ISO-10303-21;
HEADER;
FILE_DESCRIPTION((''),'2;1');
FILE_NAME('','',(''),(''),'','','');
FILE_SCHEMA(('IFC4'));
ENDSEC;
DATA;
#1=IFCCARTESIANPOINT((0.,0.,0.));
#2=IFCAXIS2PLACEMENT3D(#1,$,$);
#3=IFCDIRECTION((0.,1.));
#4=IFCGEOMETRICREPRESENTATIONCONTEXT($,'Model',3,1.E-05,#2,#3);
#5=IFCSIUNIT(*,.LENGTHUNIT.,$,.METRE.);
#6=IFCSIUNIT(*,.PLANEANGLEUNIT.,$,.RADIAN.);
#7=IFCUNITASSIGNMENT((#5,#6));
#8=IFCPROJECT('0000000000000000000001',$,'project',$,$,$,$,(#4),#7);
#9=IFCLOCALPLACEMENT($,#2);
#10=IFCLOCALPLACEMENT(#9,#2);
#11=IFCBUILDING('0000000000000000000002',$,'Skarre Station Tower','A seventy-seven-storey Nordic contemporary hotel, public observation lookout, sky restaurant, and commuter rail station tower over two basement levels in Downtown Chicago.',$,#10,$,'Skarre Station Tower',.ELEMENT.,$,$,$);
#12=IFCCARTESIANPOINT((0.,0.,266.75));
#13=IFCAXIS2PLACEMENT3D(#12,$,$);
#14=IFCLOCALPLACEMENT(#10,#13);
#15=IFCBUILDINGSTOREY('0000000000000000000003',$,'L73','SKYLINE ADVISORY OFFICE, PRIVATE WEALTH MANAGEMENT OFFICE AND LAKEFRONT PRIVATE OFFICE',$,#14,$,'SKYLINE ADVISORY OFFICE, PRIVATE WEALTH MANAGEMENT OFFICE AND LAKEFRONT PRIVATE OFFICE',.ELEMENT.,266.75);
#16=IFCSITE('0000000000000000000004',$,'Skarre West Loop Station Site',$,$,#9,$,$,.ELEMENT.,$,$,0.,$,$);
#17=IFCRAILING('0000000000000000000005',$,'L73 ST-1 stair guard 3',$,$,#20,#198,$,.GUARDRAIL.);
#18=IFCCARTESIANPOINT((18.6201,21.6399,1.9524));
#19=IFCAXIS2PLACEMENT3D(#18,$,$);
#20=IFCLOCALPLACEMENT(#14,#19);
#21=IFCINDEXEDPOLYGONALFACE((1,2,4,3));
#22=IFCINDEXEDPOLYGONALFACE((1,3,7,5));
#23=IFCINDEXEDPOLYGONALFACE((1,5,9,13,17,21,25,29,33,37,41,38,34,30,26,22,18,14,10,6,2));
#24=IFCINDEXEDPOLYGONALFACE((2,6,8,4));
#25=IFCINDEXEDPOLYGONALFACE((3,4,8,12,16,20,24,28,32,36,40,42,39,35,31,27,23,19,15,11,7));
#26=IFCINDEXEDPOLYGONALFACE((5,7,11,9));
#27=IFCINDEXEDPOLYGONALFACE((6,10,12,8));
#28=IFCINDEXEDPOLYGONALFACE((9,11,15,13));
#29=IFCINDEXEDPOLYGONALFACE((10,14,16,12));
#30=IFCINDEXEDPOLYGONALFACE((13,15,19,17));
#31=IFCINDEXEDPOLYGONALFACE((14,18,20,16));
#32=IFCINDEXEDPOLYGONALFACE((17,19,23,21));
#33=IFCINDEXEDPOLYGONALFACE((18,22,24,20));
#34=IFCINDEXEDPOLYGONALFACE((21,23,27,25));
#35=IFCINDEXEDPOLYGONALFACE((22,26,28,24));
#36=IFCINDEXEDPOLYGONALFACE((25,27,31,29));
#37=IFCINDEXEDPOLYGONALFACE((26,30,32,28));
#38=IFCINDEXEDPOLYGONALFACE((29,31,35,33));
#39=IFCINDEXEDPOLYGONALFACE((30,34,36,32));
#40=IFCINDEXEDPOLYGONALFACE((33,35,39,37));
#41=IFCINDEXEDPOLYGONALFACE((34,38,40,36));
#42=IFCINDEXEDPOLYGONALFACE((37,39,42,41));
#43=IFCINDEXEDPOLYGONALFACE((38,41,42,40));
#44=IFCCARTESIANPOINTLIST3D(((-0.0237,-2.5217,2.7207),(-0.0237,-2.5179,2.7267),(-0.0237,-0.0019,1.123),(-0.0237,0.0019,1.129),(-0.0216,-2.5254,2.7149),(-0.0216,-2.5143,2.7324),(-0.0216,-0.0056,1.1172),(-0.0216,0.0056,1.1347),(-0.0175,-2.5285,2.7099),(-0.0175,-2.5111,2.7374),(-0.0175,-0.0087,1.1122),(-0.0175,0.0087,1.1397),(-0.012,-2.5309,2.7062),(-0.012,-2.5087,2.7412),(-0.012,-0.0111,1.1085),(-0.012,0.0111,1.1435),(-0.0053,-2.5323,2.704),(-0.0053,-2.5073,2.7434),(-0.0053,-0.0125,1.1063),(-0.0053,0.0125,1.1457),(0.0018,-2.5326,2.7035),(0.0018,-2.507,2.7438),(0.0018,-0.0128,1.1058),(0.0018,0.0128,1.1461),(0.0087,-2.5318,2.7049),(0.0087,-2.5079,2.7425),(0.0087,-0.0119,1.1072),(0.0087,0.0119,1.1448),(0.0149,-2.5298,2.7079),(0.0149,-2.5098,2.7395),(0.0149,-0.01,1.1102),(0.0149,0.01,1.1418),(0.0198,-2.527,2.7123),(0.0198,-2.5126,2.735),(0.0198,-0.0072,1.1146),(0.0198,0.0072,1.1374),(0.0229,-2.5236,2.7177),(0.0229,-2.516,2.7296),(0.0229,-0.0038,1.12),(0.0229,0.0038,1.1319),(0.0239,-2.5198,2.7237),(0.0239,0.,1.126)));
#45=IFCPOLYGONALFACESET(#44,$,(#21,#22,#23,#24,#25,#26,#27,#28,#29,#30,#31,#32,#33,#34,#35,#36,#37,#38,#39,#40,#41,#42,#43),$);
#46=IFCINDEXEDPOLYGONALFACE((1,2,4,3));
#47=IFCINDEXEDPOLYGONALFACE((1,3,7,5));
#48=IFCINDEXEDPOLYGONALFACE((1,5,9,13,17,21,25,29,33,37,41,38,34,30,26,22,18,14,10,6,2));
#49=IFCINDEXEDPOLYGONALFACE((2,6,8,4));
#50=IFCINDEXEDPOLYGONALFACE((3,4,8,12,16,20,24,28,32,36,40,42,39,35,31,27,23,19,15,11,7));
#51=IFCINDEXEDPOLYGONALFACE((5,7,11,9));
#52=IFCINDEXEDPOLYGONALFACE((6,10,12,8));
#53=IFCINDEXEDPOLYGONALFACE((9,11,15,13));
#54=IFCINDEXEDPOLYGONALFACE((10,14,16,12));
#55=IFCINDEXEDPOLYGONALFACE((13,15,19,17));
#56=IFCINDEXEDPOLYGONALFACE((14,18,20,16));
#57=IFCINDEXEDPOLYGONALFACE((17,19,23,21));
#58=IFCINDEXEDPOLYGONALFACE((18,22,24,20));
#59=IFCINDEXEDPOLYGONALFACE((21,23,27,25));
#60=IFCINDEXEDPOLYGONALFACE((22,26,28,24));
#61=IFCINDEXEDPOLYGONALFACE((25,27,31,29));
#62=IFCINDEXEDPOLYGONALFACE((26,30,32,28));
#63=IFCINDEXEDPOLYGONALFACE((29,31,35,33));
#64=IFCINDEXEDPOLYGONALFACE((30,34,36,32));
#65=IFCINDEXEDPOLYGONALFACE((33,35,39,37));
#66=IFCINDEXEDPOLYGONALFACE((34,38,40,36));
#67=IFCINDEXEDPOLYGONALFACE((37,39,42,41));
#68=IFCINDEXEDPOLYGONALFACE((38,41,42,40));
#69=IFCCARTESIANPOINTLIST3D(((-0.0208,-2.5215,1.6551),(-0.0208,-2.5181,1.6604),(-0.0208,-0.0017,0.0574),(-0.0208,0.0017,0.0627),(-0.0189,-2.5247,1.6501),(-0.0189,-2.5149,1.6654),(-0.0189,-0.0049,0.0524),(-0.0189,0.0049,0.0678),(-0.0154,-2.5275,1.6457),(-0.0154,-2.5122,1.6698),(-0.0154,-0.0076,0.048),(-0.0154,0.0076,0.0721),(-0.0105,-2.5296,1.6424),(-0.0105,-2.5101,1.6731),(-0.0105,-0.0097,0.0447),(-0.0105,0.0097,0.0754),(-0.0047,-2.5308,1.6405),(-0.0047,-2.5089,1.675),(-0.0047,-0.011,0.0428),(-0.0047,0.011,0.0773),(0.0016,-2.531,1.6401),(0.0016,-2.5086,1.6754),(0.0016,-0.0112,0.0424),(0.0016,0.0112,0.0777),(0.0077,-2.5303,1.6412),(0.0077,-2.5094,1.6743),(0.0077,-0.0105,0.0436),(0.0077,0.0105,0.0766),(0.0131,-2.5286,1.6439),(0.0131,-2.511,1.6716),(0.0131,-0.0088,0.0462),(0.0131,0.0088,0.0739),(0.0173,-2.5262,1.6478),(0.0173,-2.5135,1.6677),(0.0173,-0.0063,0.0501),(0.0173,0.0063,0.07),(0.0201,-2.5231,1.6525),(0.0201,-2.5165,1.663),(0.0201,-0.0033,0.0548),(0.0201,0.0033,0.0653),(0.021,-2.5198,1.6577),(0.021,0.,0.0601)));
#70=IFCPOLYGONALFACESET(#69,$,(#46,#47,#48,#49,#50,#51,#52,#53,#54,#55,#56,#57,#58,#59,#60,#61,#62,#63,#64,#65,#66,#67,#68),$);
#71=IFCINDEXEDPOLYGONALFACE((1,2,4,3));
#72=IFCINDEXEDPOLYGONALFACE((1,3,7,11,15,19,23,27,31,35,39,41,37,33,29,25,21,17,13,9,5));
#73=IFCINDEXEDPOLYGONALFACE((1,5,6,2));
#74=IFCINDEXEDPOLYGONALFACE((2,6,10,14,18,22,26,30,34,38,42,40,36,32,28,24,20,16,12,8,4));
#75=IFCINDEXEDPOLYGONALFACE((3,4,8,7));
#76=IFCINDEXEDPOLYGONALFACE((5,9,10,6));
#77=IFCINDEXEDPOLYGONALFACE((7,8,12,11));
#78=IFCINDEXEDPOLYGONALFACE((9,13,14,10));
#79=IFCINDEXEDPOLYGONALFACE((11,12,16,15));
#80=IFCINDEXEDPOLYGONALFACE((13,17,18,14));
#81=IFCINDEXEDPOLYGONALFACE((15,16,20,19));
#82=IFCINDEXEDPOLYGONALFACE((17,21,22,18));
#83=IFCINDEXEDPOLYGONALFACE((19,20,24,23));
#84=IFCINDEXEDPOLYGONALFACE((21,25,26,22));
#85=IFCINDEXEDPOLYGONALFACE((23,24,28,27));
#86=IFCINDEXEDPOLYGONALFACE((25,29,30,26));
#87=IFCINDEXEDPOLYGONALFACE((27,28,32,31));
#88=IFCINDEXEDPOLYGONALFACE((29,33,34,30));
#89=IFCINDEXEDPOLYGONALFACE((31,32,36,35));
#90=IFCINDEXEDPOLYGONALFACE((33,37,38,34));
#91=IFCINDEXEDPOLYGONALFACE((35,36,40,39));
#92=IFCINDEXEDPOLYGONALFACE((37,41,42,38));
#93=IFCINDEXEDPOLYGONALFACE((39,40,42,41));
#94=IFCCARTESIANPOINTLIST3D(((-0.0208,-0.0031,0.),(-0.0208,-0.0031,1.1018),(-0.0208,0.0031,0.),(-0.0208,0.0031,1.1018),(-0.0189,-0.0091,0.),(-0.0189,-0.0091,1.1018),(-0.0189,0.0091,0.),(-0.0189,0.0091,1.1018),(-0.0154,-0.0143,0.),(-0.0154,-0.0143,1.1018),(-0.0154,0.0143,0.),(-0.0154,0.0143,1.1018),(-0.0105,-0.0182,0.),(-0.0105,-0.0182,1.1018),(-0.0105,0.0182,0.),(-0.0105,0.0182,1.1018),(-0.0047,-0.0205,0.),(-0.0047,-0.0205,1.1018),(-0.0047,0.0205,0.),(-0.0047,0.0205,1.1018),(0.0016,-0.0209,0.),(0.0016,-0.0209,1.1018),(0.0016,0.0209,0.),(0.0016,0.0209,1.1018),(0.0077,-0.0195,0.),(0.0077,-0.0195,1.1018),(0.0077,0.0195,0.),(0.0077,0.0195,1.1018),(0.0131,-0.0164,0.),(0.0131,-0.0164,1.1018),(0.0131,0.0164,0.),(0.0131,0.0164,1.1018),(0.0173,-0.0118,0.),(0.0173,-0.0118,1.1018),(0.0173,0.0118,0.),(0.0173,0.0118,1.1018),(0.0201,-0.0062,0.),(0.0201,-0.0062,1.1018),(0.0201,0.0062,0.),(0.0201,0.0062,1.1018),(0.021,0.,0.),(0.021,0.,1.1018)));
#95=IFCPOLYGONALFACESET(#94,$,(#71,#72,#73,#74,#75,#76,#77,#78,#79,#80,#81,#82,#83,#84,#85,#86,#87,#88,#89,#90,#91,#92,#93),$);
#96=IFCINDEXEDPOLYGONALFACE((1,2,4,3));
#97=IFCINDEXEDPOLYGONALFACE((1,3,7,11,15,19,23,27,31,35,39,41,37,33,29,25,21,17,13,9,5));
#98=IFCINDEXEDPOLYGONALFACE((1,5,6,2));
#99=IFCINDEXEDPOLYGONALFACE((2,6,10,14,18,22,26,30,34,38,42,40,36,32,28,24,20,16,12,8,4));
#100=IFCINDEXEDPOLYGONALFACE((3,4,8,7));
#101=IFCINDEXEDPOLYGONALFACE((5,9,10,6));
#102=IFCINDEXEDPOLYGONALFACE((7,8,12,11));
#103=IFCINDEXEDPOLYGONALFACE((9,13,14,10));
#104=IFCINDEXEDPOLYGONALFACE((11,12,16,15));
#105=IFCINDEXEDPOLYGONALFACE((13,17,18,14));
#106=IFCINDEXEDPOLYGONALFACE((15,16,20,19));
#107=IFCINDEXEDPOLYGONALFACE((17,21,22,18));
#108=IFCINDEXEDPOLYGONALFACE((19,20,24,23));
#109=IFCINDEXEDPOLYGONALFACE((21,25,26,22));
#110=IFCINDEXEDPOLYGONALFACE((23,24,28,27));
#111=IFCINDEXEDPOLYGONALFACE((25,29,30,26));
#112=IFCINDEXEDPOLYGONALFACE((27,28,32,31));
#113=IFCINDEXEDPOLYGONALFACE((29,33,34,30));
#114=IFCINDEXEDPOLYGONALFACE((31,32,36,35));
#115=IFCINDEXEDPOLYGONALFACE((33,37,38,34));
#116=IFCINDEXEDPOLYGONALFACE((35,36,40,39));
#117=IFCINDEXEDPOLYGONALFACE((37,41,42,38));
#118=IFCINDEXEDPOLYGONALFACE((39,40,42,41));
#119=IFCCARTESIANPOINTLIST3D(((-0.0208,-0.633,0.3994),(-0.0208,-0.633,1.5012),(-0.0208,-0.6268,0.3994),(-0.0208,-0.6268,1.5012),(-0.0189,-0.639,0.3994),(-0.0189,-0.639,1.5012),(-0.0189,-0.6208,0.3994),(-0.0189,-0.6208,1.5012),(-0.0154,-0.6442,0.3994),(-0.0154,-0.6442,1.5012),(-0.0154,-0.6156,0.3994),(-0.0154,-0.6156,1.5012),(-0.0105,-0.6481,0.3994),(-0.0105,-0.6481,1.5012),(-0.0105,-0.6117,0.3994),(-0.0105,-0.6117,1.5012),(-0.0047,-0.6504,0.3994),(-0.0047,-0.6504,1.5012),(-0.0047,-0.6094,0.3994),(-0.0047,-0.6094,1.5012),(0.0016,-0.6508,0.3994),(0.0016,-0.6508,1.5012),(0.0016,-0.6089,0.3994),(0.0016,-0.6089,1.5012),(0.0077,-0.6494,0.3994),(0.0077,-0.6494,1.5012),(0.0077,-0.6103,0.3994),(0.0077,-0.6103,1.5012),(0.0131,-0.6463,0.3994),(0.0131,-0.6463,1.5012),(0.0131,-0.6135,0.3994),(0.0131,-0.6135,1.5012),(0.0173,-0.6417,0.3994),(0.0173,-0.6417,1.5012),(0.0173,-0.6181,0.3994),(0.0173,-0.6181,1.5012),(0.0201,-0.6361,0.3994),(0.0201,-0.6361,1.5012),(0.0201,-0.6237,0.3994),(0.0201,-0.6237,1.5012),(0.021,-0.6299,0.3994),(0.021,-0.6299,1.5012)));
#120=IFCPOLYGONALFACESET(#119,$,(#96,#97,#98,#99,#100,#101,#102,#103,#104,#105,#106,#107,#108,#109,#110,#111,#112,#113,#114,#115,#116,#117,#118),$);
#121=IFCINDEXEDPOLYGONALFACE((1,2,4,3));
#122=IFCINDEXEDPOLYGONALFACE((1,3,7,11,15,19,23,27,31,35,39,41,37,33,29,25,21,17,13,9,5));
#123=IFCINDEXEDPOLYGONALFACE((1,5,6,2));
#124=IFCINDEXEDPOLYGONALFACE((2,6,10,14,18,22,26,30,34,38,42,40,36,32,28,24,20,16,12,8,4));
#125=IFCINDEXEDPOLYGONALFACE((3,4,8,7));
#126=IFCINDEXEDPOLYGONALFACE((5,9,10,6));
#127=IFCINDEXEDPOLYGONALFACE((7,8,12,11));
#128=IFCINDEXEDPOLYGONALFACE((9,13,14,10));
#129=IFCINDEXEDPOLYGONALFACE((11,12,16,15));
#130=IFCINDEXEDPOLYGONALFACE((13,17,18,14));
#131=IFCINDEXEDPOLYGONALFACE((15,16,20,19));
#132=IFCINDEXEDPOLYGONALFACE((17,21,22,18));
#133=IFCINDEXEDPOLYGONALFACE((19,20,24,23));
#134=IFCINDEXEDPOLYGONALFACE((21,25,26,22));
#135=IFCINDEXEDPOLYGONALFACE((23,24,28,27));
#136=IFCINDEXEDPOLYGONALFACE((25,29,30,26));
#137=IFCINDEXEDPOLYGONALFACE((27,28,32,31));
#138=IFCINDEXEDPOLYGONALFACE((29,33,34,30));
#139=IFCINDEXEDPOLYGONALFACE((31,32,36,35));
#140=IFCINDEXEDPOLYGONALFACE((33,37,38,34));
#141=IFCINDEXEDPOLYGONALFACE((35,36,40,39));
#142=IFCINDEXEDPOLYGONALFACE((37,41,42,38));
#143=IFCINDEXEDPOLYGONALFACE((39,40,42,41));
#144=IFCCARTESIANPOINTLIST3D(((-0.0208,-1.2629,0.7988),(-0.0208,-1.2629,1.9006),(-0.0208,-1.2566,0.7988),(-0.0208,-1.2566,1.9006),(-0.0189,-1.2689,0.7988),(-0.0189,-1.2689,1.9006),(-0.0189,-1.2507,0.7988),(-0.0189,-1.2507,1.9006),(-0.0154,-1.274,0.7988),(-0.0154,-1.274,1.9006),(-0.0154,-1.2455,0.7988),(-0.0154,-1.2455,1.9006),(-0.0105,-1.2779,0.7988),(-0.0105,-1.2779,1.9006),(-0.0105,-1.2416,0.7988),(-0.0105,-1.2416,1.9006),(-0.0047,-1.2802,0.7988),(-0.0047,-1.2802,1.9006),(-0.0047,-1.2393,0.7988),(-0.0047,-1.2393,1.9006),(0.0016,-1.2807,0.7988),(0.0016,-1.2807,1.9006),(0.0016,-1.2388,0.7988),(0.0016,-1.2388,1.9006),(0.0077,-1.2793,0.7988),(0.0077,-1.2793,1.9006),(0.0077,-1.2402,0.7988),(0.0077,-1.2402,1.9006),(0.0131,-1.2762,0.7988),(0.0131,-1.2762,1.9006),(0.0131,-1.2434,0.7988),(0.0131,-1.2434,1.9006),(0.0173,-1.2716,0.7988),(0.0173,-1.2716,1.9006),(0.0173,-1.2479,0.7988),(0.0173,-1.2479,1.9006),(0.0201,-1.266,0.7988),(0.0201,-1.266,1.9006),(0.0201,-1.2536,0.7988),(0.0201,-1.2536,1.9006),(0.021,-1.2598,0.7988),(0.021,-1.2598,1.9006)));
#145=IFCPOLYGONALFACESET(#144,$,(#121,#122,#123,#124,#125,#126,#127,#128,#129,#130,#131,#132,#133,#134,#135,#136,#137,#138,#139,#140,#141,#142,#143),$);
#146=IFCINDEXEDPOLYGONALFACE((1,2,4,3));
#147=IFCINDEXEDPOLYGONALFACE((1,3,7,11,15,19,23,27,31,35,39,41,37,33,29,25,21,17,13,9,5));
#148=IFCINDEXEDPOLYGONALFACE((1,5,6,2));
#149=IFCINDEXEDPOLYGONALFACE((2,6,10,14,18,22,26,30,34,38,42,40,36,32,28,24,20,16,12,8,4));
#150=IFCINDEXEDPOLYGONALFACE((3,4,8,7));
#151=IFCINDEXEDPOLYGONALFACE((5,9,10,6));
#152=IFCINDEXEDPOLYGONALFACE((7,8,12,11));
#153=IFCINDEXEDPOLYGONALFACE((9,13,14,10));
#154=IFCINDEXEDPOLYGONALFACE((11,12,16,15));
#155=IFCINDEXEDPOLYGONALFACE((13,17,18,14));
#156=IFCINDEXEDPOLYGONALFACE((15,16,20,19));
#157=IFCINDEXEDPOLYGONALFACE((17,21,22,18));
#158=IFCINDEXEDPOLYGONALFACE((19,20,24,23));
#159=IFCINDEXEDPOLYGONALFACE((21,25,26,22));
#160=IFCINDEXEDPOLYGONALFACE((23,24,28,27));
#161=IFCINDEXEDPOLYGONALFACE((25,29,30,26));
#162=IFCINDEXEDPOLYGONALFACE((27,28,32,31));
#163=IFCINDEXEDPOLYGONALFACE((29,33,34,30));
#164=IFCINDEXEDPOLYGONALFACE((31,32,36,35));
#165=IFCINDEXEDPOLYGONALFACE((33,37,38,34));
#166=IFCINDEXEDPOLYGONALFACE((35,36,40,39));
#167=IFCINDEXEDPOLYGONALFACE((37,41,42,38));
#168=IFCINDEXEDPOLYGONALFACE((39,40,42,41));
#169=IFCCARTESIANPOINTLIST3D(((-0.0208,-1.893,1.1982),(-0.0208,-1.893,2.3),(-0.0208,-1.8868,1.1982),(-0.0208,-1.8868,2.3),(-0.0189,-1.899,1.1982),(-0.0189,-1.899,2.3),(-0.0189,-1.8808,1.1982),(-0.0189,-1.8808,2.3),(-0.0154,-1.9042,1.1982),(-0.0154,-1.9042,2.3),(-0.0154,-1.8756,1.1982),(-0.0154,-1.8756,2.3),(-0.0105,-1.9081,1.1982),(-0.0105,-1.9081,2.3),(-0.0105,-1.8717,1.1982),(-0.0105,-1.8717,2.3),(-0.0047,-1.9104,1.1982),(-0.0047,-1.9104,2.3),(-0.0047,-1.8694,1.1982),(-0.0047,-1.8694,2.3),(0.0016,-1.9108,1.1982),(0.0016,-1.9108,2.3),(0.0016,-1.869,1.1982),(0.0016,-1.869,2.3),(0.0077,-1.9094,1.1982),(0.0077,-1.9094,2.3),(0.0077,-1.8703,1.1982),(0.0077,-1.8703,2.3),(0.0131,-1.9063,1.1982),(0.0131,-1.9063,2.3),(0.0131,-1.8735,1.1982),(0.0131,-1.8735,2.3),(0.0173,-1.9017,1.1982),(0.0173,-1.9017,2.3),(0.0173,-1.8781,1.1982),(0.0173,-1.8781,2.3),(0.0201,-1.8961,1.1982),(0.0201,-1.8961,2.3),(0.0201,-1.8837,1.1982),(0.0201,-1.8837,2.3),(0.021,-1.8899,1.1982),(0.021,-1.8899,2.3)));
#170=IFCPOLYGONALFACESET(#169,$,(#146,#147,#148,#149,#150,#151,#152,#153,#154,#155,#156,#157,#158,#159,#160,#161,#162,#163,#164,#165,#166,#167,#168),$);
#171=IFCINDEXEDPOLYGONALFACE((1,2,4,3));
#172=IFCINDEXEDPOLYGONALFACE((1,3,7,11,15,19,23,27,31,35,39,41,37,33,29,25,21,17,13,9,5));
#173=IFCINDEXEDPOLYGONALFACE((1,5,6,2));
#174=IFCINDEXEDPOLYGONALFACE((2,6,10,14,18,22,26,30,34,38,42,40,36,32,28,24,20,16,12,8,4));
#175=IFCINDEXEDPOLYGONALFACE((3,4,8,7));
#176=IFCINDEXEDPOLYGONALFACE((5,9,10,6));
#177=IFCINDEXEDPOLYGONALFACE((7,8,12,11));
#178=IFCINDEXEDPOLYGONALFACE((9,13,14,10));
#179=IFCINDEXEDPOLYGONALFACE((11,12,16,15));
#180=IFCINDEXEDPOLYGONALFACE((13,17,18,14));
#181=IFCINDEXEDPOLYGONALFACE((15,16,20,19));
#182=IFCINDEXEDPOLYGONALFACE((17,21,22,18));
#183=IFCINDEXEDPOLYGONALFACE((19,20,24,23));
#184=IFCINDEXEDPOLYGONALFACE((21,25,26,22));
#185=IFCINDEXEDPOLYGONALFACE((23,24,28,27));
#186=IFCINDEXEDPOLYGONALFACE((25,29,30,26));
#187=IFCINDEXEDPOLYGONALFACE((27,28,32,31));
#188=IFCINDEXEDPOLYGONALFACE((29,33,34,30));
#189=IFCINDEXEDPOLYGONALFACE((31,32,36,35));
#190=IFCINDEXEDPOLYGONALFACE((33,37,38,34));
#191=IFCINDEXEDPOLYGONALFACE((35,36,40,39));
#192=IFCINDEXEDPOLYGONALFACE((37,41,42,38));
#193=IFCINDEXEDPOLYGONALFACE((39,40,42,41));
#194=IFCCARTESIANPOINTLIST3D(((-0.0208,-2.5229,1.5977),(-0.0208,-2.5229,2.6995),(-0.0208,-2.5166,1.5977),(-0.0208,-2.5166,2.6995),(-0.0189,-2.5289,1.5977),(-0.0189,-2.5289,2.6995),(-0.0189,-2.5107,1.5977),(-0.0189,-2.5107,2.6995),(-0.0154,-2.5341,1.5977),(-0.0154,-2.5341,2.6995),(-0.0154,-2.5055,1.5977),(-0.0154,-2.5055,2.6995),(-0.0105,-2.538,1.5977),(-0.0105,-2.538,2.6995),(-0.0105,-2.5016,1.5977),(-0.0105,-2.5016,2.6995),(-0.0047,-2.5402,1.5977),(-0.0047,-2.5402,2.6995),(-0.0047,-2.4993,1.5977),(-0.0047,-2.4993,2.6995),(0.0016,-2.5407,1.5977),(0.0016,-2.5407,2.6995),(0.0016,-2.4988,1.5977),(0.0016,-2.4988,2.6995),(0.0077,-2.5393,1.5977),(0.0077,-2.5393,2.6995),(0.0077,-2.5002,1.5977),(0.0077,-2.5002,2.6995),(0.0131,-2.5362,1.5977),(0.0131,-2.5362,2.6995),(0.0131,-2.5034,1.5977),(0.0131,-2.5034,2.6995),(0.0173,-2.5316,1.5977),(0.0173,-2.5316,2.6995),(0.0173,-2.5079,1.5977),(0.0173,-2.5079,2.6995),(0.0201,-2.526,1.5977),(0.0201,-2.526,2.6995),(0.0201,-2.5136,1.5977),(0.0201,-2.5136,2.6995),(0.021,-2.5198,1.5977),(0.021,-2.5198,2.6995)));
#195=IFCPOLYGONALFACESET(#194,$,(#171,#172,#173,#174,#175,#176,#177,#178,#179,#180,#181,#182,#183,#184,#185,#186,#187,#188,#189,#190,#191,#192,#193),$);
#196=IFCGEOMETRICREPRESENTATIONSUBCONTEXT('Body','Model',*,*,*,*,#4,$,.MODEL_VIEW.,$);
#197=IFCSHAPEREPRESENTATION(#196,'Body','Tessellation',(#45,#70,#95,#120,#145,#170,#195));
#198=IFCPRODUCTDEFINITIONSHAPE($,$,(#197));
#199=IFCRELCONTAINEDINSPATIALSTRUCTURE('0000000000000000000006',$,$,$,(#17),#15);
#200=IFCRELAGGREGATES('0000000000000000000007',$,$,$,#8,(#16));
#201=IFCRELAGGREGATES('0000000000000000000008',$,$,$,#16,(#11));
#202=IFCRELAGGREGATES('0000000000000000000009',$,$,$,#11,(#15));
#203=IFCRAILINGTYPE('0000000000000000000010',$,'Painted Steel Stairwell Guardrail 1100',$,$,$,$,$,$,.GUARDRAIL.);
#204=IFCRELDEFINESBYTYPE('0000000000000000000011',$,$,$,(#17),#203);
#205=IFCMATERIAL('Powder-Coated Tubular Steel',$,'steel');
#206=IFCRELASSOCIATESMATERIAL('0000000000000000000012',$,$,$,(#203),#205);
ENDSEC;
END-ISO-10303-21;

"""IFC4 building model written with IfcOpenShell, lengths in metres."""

from ifc_helpers import new_model, si_unit, direction, frame, origin, origin_2d, place, context, subcontext, project, spatial, circle, extrude, material, type_object, element, save


model = new_model("IFC4")

# Units and contexts
model_context = context("Model", 3, precision=1e-05, world=origin(), true_north=direction((0.0, 1.0)))
body_context = subcontext(model_context, "Body", "Model", "MODEL_VIEW")
ifc_project = project(units=[si_unit("LENGTHUNIT", "METRE"), si_unit("PLANEANGLEUNIT", "RADIAN")], contexts=[model_context])

# Site, building, storey
site_placement = place(None, origin())
site = spatial("IfcSite", under=ifc_project, at=site_placement, Name="Skarre West Loop Station Site", CompositionType="ELEMENT", RefElevation=0.0)
building_placement = place(site_placement, origin())
building = spatial("IfcBuilding", under=site, at=building_placement, Name="Skarre Station Tower", Description="A seventy-seven-storey Nordic contemporary hotel, public observation lookout, sky restaurant, and commuter rail station tower over two basement levels in Downtown Chicago.", LongName="Skarre Station Tower", CompositionType="ELEMENT")
storey_placement = place(building_placement, frame((0.0, 0.0, 266.75)))
storey = spatial("IfcBuildingStorey", under=building, at=storey_placement, Name="L73", Description="SKYLINE ADVISORY OFFICE, PRIVATE WEALTH MANAGEMENT OFFICE AND LAKEFRONT PRIVATE OFFICE", LongName="SKYLINE ADVISORY OFFICE, PRIVATE WEALTH MANAGEMENT OFFICE AND LAKEFRONT PRIVATE OFFICE", CompositionType="ELEMENT", Elevation=266.75)

# Railing
ifc_material_1 = material(Name="Powder-Coated Tubular Steel", Category="steel")
railing_type_1 = type_object("IfcRailingType", Name="Painted Steel Stairwell Guardrail 1100", PredefinedType="GUARDRAIL", material=ifc_material_1)
railing_1_placement = place(storey_placement, frame((18.6201, 21.6399, 1.9524)))
element("IfcRailing", 1, at=railing_1_placement, inside=storey, type_object=railing_type_1, Name="L73 ST-1 stair guard 3", PredefinedType="GUARDRAIL", context=body_context, shape_type="SweptSolid", body=[
    extrude(circle(Radius=0.0239, at=origin_2d()), frame((0.0, 0.0, 1.126), z_axis=(0.0, -0.844546, 0.535482), x_axis=(1.0, 0.0, 0.0)), (0.0, 0.0, 1.0), 2.9836),
    extrude(circle(Radius=0.021, at=origin_2d()), frame((0.0, 0.0, 0.0601), z_axis=(0.0, -0.844546, 0.535482), x_axis=(1.0, 0.0, 0.0)), (0.0, 0.0, 1.0), 2.9836),
    extrude(circle(Radius=0.021, at=origin_2d()), origin(), (0.0, 0.0, 1.0), 1.1018),
    extrude(circle(Radius=0.021, at=origin_2d()), frame((0.0, -0.6299, 0.3994)), (0.0, 0.0, 1.0), 1.1018),
    extrude(circle(Radius=0.021, at=origin_2d()), frame((0.0, -1.2598, 0.7988)), (0.0, 0.0, 1.0), 1.1018),
    extrude(circle(Radius=0.021, at=origin_2d()), frame((0.0, -1.8899, 1.1982)), (0.0, 0.0, 1.0), 1.1018),
    extrude(circle(Radius=0.021, at=origin_2d()), frame((0.0, -2.5198, 1.5977)), (0.0, 0.0, 1.0), 1.1018),
])

save(model, "model.ifc")
